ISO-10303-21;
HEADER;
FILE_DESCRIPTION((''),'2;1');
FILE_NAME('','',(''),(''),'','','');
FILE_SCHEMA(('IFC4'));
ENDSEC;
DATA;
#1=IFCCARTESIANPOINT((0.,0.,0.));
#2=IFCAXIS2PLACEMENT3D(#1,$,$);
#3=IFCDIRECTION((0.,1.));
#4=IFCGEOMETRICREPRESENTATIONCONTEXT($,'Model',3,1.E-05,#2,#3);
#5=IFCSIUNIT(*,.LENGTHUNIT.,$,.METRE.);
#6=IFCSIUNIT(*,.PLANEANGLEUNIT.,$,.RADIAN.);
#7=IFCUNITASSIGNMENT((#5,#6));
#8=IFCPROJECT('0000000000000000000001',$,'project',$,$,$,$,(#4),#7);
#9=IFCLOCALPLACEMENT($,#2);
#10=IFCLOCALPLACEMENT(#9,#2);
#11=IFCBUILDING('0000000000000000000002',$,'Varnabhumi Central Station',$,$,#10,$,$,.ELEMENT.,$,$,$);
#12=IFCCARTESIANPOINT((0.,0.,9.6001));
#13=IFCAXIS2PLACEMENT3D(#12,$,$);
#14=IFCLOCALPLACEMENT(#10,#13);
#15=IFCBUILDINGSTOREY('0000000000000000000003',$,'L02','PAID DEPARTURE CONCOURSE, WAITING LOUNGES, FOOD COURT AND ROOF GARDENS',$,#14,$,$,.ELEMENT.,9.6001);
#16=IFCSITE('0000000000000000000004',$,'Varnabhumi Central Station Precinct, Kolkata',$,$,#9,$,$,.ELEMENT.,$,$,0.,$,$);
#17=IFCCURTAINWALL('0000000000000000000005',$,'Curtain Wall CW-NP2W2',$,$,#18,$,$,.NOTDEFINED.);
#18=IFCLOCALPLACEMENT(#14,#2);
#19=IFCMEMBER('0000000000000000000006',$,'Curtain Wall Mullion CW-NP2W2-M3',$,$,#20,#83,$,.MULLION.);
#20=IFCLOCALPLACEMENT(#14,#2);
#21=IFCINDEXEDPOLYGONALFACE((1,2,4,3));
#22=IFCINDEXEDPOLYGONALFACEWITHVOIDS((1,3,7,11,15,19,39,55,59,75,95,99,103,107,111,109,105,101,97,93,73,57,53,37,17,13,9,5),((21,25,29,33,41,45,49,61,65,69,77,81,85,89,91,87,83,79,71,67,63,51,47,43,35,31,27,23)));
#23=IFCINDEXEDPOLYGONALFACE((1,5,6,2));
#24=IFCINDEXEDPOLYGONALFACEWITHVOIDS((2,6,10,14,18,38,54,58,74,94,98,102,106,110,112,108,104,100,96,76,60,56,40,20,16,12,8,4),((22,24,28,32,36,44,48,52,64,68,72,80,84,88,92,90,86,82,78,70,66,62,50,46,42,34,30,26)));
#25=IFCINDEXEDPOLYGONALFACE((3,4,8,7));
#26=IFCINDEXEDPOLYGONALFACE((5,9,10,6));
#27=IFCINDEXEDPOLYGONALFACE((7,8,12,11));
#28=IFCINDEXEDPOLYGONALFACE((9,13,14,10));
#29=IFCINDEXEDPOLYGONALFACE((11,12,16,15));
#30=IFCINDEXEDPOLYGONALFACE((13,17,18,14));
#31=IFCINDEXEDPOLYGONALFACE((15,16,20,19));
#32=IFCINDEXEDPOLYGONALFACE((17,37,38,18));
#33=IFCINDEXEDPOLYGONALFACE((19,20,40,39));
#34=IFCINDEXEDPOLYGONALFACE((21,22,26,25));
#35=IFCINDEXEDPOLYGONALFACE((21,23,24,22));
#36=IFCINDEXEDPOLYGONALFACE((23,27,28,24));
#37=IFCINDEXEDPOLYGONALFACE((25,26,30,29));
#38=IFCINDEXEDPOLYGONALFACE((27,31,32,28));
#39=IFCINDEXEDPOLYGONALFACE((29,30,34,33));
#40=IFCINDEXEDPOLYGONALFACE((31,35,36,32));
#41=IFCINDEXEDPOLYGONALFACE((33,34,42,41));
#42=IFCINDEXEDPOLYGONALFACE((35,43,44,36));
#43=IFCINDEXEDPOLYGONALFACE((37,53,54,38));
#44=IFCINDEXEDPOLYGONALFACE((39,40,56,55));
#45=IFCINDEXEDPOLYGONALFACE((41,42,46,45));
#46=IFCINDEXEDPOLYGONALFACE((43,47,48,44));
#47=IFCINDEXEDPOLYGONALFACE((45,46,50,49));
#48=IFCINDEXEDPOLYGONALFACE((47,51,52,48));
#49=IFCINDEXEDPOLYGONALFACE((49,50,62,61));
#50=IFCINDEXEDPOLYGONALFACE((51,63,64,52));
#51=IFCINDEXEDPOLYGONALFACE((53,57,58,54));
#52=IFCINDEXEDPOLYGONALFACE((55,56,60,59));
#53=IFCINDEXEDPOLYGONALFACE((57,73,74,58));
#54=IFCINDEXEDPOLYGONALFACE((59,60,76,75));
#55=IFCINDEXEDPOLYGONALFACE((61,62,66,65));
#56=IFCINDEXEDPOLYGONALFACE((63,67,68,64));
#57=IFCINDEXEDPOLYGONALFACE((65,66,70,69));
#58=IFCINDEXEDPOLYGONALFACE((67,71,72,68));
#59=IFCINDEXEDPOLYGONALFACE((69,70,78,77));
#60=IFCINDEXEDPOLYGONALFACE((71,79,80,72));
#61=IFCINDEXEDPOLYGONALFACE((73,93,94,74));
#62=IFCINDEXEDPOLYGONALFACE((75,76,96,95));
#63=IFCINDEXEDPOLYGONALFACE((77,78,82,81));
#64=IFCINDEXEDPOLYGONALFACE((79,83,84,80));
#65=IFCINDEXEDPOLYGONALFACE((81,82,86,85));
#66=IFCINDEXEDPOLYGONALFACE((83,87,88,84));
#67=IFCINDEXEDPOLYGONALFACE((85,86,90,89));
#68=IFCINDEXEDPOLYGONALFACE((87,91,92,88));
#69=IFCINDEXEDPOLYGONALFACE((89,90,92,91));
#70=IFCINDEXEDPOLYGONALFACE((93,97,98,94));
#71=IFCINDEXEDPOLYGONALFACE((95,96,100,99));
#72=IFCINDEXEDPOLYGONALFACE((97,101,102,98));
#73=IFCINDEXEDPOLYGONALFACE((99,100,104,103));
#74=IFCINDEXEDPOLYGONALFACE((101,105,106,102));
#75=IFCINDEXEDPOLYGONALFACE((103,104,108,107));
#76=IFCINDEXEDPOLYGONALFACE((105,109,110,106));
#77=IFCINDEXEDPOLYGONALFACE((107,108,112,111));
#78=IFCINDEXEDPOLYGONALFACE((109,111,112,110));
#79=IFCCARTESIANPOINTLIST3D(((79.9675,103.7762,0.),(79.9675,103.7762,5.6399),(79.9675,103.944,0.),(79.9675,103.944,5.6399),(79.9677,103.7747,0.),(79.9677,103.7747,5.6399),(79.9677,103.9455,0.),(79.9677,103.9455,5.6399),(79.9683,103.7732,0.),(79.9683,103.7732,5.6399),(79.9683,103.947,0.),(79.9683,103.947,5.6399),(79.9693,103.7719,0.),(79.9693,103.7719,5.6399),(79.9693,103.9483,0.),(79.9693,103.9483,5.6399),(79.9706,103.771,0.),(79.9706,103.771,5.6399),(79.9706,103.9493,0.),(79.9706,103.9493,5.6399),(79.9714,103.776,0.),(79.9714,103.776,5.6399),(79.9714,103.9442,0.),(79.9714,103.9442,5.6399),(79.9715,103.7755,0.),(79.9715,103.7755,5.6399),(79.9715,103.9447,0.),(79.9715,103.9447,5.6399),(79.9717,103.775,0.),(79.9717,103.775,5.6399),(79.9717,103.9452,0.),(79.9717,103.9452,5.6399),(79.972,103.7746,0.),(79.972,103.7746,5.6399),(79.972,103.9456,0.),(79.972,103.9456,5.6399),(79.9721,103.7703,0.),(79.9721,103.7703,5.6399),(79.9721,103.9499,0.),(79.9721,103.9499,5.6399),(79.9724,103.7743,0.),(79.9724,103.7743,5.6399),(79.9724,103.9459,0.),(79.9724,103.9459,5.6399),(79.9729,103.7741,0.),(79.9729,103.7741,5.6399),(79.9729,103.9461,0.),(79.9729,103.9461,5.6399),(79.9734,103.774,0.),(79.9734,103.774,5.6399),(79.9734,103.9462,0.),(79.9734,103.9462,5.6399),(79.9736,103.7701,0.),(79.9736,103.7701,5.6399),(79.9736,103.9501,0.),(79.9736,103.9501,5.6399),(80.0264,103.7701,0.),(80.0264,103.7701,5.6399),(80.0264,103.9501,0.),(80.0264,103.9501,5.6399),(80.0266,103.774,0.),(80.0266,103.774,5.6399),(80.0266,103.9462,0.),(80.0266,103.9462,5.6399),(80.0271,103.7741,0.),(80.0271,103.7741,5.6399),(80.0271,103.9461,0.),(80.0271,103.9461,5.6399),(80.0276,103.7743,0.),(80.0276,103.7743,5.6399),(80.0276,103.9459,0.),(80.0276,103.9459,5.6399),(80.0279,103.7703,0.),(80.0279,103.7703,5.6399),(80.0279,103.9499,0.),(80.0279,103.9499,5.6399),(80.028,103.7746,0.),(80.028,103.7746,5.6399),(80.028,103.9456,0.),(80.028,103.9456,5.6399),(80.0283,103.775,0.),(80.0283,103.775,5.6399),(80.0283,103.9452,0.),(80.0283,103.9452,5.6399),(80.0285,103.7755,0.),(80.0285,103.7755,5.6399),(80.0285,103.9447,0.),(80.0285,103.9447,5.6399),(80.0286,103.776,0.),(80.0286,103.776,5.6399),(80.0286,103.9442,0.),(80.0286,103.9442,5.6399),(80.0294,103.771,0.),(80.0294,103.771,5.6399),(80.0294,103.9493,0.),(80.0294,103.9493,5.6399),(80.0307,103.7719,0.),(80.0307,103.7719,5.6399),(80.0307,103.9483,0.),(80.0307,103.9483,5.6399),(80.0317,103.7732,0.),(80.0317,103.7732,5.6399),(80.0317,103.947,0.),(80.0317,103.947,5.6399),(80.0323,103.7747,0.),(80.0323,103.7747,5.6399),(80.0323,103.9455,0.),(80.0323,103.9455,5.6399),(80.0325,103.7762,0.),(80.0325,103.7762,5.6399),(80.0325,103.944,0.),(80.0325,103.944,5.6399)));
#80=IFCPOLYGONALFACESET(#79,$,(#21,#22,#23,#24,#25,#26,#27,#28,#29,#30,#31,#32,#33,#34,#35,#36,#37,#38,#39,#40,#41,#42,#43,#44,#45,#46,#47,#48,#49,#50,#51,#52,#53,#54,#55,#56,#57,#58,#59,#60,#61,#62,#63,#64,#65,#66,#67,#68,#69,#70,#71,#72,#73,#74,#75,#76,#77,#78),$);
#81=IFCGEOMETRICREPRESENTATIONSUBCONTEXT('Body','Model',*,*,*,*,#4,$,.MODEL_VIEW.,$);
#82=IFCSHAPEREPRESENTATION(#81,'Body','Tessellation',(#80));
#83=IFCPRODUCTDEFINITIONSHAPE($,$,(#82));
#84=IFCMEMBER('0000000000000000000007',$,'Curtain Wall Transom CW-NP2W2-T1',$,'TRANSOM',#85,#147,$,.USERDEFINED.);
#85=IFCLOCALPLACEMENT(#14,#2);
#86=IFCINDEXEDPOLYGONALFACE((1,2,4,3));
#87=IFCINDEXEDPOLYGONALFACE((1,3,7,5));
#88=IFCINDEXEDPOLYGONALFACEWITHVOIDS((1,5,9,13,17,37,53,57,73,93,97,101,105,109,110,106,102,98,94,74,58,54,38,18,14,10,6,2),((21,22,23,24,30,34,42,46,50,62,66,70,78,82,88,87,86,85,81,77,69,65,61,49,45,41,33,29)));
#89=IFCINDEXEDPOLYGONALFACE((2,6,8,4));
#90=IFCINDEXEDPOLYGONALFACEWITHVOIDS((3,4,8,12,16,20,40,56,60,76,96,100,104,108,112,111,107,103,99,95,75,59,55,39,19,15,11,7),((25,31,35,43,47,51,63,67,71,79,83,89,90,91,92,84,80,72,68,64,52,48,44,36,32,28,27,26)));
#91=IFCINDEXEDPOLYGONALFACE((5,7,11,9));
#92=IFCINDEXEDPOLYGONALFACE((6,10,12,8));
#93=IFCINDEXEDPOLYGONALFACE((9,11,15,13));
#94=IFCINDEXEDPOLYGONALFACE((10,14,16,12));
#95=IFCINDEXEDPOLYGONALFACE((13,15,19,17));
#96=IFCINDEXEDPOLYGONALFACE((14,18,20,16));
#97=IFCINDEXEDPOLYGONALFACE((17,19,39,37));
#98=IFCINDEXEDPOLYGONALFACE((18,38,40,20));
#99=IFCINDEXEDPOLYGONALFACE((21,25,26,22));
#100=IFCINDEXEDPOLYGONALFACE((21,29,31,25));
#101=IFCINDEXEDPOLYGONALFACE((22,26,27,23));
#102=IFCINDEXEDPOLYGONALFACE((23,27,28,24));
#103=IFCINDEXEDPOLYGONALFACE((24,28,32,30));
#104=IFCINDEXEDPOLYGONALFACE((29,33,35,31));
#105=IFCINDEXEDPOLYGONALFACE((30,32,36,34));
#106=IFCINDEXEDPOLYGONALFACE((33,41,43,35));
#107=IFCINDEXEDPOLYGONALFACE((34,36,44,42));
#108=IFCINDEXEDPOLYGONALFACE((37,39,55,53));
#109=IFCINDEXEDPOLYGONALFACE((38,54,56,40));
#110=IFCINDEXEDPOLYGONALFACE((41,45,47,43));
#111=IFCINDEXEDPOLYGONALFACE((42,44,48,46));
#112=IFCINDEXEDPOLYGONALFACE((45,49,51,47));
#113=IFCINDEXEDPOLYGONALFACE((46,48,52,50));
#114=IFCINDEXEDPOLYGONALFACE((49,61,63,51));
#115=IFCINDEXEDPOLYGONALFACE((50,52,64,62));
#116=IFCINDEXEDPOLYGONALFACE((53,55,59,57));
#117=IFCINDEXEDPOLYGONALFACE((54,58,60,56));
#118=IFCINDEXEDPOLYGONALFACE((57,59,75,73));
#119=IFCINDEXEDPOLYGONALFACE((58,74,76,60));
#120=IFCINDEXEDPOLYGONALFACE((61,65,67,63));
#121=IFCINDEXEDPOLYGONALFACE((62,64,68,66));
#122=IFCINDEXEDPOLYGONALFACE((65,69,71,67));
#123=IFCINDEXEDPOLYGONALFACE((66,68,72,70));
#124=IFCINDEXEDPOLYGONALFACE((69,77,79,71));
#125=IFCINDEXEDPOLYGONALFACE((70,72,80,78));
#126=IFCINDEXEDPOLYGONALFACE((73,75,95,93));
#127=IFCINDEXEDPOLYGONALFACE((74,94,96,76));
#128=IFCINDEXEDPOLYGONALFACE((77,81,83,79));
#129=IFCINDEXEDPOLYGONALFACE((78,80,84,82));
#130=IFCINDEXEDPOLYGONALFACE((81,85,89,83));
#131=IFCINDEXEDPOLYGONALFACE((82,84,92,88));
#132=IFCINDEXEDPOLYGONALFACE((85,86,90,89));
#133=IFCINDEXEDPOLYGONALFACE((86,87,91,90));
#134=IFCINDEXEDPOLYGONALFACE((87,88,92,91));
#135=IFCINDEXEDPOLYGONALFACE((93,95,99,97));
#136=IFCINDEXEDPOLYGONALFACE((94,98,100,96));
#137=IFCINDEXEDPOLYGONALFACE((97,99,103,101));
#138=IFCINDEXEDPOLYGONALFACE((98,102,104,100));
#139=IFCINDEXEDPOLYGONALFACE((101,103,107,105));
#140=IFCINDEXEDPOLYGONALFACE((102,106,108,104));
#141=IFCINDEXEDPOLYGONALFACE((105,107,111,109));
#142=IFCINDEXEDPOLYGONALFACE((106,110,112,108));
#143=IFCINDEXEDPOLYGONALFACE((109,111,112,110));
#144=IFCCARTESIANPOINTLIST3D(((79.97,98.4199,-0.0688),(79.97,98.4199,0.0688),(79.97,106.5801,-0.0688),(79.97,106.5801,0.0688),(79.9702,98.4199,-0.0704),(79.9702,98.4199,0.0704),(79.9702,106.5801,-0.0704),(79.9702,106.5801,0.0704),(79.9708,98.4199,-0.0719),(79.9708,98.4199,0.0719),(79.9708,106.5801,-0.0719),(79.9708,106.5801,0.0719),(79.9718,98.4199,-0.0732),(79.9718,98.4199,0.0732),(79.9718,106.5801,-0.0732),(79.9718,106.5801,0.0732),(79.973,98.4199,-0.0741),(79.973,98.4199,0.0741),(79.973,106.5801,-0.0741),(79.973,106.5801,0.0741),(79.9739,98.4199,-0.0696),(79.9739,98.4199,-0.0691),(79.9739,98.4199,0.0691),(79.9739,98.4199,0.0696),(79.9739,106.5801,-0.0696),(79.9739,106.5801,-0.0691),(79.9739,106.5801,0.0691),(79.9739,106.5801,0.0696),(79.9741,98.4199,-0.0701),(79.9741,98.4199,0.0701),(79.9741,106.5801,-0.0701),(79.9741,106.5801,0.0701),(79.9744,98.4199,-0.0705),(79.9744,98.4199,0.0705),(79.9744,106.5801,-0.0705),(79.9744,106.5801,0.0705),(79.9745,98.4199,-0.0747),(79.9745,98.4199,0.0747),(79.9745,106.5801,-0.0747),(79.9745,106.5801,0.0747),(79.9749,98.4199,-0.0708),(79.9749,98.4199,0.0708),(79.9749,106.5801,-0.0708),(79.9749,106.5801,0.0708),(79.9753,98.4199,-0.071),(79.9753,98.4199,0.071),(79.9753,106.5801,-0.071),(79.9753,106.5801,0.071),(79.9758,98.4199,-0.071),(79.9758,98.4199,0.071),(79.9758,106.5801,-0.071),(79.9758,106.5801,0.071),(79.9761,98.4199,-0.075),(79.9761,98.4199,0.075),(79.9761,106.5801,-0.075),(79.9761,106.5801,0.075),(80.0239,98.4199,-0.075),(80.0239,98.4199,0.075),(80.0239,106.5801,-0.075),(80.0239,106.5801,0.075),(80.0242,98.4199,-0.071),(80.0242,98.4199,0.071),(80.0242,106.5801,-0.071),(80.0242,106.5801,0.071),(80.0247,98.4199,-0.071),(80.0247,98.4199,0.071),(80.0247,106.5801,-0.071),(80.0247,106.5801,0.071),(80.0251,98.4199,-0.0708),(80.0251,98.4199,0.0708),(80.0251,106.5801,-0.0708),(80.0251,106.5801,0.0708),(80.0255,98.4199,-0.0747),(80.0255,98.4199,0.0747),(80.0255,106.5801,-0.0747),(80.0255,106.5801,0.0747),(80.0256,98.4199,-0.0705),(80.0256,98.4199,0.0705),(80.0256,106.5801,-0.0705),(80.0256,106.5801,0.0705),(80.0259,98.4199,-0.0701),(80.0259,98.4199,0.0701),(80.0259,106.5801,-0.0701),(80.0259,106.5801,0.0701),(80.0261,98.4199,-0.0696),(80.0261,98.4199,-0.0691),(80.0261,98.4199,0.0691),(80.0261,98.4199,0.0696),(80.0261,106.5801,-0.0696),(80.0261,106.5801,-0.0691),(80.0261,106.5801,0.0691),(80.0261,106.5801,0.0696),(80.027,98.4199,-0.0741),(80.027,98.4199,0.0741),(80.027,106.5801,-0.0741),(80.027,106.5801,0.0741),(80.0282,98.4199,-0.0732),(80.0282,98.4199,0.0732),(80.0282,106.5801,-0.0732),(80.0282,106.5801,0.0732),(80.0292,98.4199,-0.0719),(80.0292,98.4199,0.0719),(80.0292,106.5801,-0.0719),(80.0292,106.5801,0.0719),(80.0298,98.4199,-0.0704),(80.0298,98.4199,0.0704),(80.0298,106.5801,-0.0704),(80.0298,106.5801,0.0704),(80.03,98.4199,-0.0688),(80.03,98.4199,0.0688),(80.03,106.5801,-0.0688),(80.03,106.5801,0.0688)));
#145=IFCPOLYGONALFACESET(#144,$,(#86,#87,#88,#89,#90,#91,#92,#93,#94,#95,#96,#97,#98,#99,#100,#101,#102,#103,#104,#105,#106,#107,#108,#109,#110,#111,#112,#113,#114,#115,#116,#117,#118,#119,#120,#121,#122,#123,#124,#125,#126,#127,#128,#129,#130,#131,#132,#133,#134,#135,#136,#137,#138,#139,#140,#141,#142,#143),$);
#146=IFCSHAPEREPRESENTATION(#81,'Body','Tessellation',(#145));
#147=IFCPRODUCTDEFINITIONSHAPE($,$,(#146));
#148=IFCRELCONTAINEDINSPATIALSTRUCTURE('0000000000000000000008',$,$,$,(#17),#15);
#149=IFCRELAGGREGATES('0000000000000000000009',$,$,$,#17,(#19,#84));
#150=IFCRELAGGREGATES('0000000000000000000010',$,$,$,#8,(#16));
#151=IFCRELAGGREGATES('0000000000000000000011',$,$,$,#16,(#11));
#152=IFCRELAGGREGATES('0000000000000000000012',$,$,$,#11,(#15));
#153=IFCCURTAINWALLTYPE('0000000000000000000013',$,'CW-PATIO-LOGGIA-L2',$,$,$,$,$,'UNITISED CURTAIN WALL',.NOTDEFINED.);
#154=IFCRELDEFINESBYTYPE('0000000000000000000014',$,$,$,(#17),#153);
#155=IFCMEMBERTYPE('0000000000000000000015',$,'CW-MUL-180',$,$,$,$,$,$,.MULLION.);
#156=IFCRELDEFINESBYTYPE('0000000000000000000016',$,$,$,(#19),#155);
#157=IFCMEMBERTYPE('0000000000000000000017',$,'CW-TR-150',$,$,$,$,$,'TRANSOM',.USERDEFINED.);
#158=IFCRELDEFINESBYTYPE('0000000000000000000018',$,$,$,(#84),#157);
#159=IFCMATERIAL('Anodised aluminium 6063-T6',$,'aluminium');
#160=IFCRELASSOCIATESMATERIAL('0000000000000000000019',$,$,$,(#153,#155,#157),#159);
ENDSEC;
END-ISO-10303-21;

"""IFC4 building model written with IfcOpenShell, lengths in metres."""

from ifc_helpers import new_model, si_unit, direction, frame, origin, origin_2d, place, context, subcontext, project, spatial, hollow_rectangle, extrude, material, material_profile, profile_set, type_object, element, aggregate, save


model = new_model("IFC4")

# Units and contexts
model_context = context("Model", 3, precision=1e-05, world=origin(), true_north=direction((0.0, 1.0)))
body_context = subcontext(model_context, "Body", "Model", "MODEL_VIEW")
ifc_project = project(units=[si_unit("LENGTHUNIT", "METRE"), si_unit("PLANEANGLEUNIT", "RADIAN")], contexts=[model_context])

# Site, building, storey
site_placement = place(None, origin())
site = spatial("IfcSite", under=ifc_project, at=site_placement, Name="Varnabhumi Central Station Precinct, Kolkata", CompositionType="ELEMENT", RefElevation=0.0)
building_placement = place(site_placement, origin())
building = spatial("IfcBuilding", under=site, at=building_placement, Name="Varnabhumi Central Station", CompositionType="ELEMENT")
storey_placement = place(building_placement, frame((0.0, 0.0, 9.6001)))
storey = spatial("IfcBuildingStorey", under=building, at=storey_placement, Name="L02", Description="PAID DEPARTURE CONCOURSE, WAITING LOUNGES, FOOD COURT AND ROOF GARDENS", CompositionType="ELEMENT", Elevation=9.6001)

# Curtain wall, members
ifc_material_1 = material(Name="Anodised aluminium 6063-T6", Category="aluminium")
curtain_wall_type = type_object("IfcCurtainWallType", Name="CW-PATIO-LOGGIA-L2", ElementType="UNITISED CURTAIN WALL", PredefinedType="NOTDEFINED", material=ifc_material_1)
ifc_material_profile_1 = material_profile(ifc_material_1, hollow_rectangle(XDim=0.0649, YDim=0.1799, WallThickness=0.0039, InnerFilletRadius=0.002, OuterFilletRadius=0.0061, at=origin_2d()), Name="Anodised aluminium 6063-T6", Category="aluminium")
ifc_profile_set_1 = profile_set([ifc_material_profile_1], Name="Anodised aluminium 6063-T6")
member_type_1 = type_object("IfcMemberType", Name="CW-MUL-180", PredefinedType="MULLION", material=ifc_profile_set_1)
curtain_wall_1_placement = place(storey_placement, origin())
curtain_wall_1 = element("IfcCurtainWall", 1, at=curtain_wall_1_placement, inside=storey, type_object=curtain_wall_type, Name="Curtain Wall CW-NP2W2", PredefinedType="NOTDEFINED")
member_1_placement = place(storey_placement, frame((80.0, 103.8601, 0.0), z_axis=(0.0, 0.0, 1.0), x_axis=(1.0, 0.0, 0.0)))
member_1 = element("IfcMember", 2, at=member_1_placement, type_object=member_type_1, Name="Curtain Wall Mullion CW-NP2W2-M3", PredefinedType="MULLION", context=body_context, shape_type="SweptSolid", body=[
    extrude(hollow_rectangle(XDim=0.0649, YDim=0.1799, WallThickness=0.0039, InnerFilletRadius=0.002, OuterFilletRadius=0.0061, at=origin_2d()), origin(), (0.0, 0.0, 1.0), 5.6399),
])
ifc_material_profile_2 = material_profile(ifc_material_1, hollow_rectangle(XDim=0.0601, YDim=0.1499, WallThickness=0.0039, InnerFilletRadius=0.002, OuterFilletRadius=0.0061, at=origin_2d()), Name="Anodised aluminium 6063-T6", Category="aluminium")
ifc_profile_set_2 = profile_set([ifc_material_profile_2], Name="Anodised aluminium 6063-T6")
member_type_2 = type_object("IfcMemberType", Name="CW-TR-150", ElementType="TRANSOM", PredefinedType="USERDEFINED", material=ifc_profile_set_2)
member_2_placement = place(storey_placement, frame((80.0, 98.4199, 0.0), z_axis=(0.0, 1.0, 0.0), x_axis=(-1.0, 0.0, 0.0)))
member_2 = element("IfcMember", 3, at=member_2_placement, type_object=member_type_2, Name="Curtain Wall Transom CW-NP2W2-T1", ObjectType="TRANSOM", PredefinedType="USERDEFINED", context=body_context, shape_type="SweptSolid", body=[
    extrude(hollow_rectangle(XDim=0.0601, YDim=0.1499, WallThickness=0.0039, InnerFilletRadius=0.002, OuterFilletRadius=0.0061, at=origin_2d()), origin(), (0.0, 0.0, 1.0), 8.1602),
])

aggregate(curtain_wall_1, [member_1, member_2])

save(model, "model.ifc")
